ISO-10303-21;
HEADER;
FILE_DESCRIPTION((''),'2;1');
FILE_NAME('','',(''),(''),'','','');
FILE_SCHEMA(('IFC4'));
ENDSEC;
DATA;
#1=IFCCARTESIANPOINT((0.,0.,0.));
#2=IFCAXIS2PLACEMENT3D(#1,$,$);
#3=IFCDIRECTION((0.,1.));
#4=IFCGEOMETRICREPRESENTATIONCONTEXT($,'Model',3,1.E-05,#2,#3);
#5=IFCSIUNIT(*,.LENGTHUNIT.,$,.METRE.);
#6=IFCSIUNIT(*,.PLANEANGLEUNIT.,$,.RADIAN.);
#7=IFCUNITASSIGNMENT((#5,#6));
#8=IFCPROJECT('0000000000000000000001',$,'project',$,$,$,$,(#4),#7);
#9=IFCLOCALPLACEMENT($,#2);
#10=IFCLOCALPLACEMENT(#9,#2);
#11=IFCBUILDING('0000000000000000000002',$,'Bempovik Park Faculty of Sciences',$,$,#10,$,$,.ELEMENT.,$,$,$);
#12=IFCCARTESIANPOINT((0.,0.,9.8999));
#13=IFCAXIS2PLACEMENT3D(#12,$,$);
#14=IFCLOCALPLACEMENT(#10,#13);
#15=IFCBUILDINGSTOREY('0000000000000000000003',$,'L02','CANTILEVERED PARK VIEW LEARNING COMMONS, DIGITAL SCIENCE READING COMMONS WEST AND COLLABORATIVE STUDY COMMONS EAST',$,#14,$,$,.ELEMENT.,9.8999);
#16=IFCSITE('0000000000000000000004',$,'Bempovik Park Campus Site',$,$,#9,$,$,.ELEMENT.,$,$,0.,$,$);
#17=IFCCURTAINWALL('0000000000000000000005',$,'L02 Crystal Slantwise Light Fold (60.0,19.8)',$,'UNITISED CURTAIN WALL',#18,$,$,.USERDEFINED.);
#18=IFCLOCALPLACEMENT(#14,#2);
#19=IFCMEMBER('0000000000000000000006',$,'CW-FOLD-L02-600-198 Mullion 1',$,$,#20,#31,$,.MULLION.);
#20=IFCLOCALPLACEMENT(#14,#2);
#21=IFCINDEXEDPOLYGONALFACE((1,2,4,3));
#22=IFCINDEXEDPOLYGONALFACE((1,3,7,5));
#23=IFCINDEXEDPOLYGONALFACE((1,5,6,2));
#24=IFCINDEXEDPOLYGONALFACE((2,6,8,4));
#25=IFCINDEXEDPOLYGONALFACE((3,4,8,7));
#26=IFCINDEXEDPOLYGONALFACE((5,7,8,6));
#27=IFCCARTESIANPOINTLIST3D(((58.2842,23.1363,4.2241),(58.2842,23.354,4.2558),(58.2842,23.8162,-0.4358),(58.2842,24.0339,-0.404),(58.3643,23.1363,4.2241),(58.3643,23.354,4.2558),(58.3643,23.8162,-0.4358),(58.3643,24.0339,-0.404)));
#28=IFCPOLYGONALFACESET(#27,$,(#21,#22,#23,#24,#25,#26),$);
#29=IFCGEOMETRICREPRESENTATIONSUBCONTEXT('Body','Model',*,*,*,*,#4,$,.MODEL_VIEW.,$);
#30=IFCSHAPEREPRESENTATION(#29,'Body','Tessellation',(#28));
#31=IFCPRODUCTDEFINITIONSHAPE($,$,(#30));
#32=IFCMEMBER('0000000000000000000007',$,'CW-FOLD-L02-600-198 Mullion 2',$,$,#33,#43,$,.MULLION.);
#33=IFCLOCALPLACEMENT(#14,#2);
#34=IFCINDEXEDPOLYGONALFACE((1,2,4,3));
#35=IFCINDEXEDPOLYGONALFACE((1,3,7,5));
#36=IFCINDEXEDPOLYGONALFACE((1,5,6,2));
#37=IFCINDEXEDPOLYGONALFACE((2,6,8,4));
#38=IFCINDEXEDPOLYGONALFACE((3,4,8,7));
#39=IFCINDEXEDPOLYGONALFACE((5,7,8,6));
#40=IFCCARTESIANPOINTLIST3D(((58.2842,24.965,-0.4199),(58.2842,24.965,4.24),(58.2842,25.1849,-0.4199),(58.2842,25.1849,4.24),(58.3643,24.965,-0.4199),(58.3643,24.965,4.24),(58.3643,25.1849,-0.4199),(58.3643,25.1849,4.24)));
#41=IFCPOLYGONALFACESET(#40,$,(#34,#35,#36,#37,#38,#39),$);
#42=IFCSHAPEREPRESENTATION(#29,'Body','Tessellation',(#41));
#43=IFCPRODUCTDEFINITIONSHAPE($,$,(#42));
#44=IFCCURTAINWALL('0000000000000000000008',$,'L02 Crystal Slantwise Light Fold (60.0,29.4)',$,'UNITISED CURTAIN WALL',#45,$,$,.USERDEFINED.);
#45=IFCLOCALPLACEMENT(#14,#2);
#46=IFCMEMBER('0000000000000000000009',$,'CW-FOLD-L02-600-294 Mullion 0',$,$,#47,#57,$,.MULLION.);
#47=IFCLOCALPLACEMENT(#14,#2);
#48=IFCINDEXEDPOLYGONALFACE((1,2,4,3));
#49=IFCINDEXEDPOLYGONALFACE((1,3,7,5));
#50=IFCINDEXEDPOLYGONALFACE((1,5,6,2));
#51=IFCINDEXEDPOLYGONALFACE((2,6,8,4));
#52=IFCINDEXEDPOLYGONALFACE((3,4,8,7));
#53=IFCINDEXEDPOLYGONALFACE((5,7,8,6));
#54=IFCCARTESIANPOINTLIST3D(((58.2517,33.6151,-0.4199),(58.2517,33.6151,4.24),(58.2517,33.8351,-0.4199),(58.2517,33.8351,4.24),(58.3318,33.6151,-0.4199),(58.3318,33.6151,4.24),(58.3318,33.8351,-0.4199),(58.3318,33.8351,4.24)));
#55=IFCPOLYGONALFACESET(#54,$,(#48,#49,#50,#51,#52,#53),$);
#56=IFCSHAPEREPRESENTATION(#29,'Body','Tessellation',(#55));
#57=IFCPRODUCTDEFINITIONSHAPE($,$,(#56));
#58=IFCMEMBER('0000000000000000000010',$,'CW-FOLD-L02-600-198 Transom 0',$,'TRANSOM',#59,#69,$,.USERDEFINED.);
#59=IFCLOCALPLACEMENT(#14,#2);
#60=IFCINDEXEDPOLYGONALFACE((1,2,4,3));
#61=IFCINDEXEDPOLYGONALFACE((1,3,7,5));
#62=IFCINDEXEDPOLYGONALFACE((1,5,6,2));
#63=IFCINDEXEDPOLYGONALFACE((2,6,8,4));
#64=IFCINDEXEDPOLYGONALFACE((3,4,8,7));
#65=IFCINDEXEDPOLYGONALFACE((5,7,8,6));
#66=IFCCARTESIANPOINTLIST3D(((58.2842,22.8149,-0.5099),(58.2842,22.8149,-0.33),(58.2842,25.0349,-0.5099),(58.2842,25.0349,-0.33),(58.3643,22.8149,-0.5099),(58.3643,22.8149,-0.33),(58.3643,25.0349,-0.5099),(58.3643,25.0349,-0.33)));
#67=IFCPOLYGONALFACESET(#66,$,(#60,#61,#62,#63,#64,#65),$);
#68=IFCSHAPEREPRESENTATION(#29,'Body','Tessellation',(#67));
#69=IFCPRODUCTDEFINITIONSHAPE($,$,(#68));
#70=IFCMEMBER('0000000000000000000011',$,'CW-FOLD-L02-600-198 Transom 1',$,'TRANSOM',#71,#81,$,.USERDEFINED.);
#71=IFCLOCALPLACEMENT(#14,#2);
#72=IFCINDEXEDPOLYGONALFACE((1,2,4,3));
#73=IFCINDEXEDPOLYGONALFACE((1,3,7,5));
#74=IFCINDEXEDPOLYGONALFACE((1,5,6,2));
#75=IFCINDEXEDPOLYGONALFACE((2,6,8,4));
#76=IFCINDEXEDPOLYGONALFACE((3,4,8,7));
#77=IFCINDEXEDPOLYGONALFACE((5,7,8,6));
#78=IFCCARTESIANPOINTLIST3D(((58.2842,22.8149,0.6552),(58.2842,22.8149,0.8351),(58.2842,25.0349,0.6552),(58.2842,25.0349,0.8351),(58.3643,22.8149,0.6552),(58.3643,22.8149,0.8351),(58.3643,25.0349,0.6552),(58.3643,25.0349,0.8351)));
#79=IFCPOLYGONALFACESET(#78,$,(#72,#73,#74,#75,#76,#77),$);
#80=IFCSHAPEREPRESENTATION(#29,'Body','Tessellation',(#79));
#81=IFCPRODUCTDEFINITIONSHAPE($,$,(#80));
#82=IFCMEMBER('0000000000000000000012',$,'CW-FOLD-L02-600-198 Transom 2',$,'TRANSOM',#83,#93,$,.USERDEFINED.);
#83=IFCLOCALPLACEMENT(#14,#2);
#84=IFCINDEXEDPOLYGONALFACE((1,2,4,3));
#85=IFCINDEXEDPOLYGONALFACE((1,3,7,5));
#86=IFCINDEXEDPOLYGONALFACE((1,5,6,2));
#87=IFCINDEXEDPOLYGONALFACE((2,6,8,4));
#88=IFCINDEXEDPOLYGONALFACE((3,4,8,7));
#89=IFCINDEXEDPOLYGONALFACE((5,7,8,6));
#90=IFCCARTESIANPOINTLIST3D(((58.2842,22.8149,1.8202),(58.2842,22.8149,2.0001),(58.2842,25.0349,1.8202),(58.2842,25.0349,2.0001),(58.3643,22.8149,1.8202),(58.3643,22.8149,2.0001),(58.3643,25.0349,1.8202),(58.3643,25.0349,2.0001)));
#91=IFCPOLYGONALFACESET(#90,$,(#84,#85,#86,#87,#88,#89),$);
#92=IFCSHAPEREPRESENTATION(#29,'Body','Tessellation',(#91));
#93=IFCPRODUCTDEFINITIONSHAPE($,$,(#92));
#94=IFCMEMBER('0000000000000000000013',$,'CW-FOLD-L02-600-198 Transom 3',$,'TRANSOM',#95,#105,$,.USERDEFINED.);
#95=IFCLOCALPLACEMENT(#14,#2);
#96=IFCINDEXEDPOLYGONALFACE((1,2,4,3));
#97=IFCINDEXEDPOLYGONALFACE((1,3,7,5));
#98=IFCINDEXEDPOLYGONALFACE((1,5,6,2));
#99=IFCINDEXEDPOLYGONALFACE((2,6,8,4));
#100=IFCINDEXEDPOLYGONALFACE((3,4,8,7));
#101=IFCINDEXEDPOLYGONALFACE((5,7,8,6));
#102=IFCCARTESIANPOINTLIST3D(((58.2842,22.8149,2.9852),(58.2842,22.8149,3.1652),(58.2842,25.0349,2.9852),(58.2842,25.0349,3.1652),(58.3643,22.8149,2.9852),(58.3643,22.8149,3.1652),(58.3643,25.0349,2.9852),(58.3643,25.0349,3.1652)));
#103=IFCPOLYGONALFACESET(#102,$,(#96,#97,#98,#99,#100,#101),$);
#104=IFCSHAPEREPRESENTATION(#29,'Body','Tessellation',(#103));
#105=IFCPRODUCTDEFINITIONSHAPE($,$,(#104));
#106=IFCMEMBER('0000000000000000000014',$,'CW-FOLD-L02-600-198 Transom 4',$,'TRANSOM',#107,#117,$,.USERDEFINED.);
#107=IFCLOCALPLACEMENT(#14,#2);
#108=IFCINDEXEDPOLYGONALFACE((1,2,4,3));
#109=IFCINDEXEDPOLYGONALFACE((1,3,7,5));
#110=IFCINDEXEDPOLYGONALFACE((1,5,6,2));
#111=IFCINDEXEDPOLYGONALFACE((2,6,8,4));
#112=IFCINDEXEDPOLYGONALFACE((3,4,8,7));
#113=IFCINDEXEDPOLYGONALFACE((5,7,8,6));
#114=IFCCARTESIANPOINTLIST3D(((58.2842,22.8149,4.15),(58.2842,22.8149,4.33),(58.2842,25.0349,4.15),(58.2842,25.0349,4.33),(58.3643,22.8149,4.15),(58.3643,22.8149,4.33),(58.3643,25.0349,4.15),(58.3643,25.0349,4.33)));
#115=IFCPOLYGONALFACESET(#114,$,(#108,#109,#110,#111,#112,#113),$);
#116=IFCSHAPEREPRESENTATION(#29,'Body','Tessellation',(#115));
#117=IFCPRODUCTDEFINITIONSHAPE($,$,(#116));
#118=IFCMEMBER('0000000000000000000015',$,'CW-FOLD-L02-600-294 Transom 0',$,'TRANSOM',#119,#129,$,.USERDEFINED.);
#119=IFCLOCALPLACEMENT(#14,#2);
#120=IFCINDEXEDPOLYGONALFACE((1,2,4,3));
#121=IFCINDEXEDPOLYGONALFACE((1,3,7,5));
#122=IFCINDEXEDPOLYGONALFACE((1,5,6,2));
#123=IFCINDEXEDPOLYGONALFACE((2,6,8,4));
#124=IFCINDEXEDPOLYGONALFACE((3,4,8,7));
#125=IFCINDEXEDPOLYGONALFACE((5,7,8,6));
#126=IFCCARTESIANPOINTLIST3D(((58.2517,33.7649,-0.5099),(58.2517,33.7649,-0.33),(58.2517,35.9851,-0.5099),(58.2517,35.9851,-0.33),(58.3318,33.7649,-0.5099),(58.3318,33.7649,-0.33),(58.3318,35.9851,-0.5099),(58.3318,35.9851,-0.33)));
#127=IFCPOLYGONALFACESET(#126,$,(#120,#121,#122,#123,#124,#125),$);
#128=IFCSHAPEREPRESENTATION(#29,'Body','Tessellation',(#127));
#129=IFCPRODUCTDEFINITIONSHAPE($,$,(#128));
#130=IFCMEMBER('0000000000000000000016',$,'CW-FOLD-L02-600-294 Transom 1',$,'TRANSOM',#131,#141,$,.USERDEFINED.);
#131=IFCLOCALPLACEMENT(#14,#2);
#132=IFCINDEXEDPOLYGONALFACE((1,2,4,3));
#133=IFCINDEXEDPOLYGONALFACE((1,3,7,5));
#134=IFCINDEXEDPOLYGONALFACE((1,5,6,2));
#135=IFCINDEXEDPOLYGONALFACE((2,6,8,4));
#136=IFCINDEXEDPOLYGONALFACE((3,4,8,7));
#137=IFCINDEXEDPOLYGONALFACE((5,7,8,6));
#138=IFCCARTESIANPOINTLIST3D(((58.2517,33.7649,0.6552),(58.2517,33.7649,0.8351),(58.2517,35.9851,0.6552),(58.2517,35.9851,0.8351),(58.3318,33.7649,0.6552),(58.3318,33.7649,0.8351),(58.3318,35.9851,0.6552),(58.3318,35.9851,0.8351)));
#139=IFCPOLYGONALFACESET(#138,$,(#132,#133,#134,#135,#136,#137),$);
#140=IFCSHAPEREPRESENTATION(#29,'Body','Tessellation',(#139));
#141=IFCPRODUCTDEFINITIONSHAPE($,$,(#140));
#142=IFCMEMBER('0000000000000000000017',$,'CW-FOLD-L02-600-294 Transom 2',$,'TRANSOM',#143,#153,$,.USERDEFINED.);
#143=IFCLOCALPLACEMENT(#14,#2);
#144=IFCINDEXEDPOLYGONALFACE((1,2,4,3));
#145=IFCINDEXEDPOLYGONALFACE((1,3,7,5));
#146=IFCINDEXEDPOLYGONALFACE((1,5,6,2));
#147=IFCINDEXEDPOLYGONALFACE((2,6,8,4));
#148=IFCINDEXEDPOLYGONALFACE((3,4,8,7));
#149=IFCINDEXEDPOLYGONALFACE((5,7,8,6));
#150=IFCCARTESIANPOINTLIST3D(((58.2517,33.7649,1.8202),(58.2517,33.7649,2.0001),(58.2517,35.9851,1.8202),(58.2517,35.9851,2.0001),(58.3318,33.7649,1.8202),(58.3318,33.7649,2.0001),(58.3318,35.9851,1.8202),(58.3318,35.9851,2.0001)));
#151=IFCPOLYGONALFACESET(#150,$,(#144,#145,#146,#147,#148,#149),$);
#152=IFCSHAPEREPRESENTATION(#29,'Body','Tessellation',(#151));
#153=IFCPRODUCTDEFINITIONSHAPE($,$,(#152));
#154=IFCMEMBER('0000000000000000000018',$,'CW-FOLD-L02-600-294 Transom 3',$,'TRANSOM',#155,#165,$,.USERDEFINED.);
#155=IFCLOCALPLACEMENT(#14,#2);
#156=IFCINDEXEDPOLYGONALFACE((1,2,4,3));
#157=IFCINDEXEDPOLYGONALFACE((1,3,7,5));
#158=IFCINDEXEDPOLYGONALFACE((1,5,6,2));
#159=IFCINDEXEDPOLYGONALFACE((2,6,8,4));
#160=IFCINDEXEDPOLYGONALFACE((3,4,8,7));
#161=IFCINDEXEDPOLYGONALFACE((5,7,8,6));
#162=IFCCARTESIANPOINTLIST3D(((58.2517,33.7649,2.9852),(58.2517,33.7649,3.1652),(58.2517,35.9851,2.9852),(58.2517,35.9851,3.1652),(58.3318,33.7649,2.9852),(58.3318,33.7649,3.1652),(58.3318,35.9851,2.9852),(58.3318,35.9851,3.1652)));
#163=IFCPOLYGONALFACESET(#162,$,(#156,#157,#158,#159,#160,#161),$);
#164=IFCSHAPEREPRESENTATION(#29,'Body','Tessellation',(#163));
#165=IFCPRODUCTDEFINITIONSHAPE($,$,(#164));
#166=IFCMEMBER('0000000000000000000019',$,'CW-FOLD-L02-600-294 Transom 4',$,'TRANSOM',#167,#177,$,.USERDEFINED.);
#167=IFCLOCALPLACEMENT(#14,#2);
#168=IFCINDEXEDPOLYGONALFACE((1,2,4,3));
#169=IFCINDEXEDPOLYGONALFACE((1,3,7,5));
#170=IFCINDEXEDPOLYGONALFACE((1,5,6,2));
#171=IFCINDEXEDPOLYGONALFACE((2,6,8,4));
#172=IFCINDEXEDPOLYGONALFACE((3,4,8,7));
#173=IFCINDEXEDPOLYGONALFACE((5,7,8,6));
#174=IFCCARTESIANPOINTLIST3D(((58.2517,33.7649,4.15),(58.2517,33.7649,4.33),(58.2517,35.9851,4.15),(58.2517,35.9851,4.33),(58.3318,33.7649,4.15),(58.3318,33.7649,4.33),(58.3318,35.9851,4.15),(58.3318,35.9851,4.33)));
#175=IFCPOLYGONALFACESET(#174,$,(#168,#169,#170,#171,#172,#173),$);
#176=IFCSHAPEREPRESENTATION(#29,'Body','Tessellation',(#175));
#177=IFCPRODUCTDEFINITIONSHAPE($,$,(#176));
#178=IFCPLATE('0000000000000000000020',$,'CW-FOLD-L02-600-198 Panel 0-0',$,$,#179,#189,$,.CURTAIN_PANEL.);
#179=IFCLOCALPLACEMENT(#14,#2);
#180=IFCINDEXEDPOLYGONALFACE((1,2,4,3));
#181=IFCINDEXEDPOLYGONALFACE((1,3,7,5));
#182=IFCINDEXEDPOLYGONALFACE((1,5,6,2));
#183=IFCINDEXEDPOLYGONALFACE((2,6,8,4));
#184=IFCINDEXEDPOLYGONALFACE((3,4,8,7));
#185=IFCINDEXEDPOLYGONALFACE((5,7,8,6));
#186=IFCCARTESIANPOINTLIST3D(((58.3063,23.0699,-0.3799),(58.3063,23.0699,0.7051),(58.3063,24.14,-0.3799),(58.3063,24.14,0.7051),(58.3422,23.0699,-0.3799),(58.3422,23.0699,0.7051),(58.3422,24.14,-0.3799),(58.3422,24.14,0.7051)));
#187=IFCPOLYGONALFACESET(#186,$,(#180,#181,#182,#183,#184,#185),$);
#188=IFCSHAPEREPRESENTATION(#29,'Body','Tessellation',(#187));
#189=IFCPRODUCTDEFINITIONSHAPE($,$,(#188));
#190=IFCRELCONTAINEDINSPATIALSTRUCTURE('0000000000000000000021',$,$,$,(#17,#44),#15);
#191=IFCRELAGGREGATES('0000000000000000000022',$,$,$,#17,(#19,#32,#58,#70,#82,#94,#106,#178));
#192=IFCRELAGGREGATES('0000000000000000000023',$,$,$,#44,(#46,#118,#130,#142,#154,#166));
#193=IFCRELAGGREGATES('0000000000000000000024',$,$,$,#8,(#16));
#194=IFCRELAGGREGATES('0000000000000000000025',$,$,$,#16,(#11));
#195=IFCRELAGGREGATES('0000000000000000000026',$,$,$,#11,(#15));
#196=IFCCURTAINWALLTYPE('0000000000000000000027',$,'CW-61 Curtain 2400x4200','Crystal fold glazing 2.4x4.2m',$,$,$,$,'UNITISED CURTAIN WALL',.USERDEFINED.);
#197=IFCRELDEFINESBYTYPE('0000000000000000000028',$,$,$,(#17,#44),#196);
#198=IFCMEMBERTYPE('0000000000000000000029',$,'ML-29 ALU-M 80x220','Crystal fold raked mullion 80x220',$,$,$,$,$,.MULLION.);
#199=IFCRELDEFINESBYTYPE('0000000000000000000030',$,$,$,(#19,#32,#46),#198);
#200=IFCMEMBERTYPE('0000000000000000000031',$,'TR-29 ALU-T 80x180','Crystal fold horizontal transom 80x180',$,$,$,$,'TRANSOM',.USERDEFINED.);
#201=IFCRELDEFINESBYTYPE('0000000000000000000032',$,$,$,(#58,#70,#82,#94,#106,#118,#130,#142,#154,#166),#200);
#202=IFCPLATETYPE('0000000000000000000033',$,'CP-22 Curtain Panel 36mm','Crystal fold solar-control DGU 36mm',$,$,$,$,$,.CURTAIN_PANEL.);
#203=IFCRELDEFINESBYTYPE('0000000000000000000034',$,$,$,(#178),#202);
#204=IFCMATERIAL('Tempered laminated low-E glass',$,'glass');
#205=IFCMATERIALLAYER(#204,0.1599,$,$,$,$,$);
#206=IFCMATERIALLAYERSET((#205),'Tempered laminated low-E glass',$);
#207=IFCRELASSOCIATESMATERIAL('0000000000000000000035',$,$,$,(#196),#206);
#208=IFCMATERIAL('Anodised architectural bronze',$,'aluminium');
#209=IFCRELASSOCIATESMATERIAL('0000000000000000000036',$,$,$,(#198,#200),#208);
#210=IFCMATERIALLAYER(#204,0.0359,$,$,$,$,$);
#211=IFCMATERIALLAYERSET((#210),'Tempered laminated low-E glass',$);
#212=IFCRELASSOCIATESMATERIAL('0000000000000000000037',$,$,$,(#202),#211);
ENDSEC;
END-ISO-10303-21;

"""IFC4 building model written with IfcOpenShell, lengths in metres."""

from ifc_helpers import new_model, si_unit, direction, frame, origin, origin_2d, place, context, subcontext, project, spatial, rectangle, extrude, material, layer, layer_set, material_profile, profile_set, type_object, element, aggregate, save


model = new_model("IFC4")

# Units and contexts
model_context = context("Model", 3, precision=1e-05, world=origin(), true_north=direction((0.0, 1.0)))
body_context = subcontext(model_context, "Body", "Model", "MODEL_VIEW")
ifc_project = project(units=[si_unit("LENGTHUNIT", "METRE"), si_unit("PLANEANGLEUNIT", "RADIAN")], contexts=[model_context])

# Site, building, storey
site_placement = place(None, origin())
site = spatial("IfcSite", under=ifc_project, at=site_placement, Name="Bempovik Park Campus Site", CompositionType="ELEMENT", RefElevation=0.0)
building_placement = place(site_placement, origin())
building = spatial("IfcBuilding", under=site, at=building_placement, Name="Bempovik Park Faculty of Sciences", CompositionType="ELEMENT")
storey_placement = place(building_placement, frame((0.0, 0.0, 9.8999)))
storey = spatial("IfcBuildingStorey", under=building, at=storey_placement, Name="L02", Description="CANTILEVERED PARK VIEW LEARNING COMMONS, DIGITAL SCIENCE READING COMMONS WEST AND COLLABORATIVE STUDY COMMONS EAST", CompositionType="ELEMENT", Elevation=9.8999)

# Curtain wall, members
ifc_material_1 = material(Name="Tempered laminated low-E glass", Category="glass")
ifc_layer_1 = layer(ifc_material_1, 0.1599)
ifc_layer_set_1 = layer_set([ifc_layer_1], Name="Tempered laminated low-E glass")
curtain_wall_type = type_object("IfcCurtainWallType", Name="CW-61 Curtain 2400x4200", Description="Crystal fold glazing 2.4x4.2m", ElementType="UNITISED CURTAIN WALL", PredefinedType="USERDEFINED", material=ifc_layer_set_1)
curtain_wall_1_placement = place(storey_placement, origin())
curtain_wall_1 = element("IfcCurtainWall", 1, at=curtain_wall_1_placement, inside=storey, type_object=curtain_wall_type, Name="L02 Crystal Slantwise Light Fold (60.0,19.8)", ObjectType="UNITISED CURTAIN WALL", PredefinedType="USERDEFINED")
ifc_material_2 = material(Name="Anodised architectural bronze", Category="aluminium")
ifc_material_profile_1 = material_profile(ifc_material_2, rectangle(XDim=0.0801, YDim=0.22, at=origin_2d()), Name="ALU-M 80x220")
ifc_profile_set_1 = profile_set([ifc_material_profile_1], Name="Anodised architectural bronze")
member_type_1 = type_object("IfcMemberType", Name="ML-29 ALU-M 80x220", Description="Crystal fold raked mullion 80x220", PredefinedType="MULLION", material=ifc_profile_set_1)
member_1_placement = place(storey_placement, frame((58.3242, 23.925, -0.4199), z_axis=(0.0, -0.144382, 0.989522), x_axis=(1.0, 0.0, 0.0)))
member_1 = element("IfcMember", 2, at=member_1_placement, type_object=member_type_1, Name="CW-FOLD-L02-600-198 Mullion 1", PredefinedType="MULLION", context=body_context, shape_type="SweptSolid", body=[
    extrude(rectangle(XDim=0.0801, YDim=0.22, at=origin_2d()), origin(), (0.0, 0.0, 1.0), 4.7092),
])
member_2_placement = place(storey_placement, frame((58.3242, 25.075, -0.4199), z_axis=(0.0, 0.0, 1.0), x_axis=(1.0, 0.0, 0.0)))
member_2 = element("IfcMember", 3, at=member_2_placement, type_object=member_type_1, Name="CW-FOLD-L02-600-198 Mullion 2", PredefinedType="MULLION", context=body_context, shape_type="SweptSolid", body=[
    extrude(rectangle(XDim=0.0801, YDim=0.22, at=origin_2d()), origin(), (0.0, 0.0, 1.0), 4.6599),
])

# Curtain wall, member
curtain_wall_2_placement = place(storey_placement, origin())
curtain_wall_2 = element("IfcCurtainWall", 4, at=curtain_wall_2_placement, inside=storey, type_object=curtain_wall_type, Name="L02 Crystal Slantwise Light Fold (60.0,29.4)", ObjectType="UNITISED CURTAIN WALL", PredefinedType="USERDEFINED")
member_3_placement = place(storey_placement, frame((58.2917, 33.7251, -0.4199), z_axis=(0.0, 0.0, 1.0), x_axis=(1.0, 0.0, 0.0)))
member_3 = element("IfcMember", 5, at=member_3_placement, type_object=member_type_1, Name="CW-FOLD-L02-600-294 Mullion 0", PredefinedType="MULLION", context=body_context, shape_type="SweptSolid", body=[
    extrude(rectangle(XDim=0.0801, YDim=0.22, at=origin_2d()), origin(), (0.0, 0.0, 1.0), 4.6599),
])

# Members
ifc_material_profile_2 = material_profile(ifc_material_2, rectangle(XDim=0.0801, YDim=0.1799, at=origin_2d()), Name="ALU-T 80x180")
ifc_profile_set_2 = profile_set([ifc_material_profile_2], Name="Anodised architectural bronze")
member_type_2 = type_object("IfcMemberType", Name="TR-29 ALU-T 80x180", Description="Crystal fold horizontal transom 80x180", ElementType="TRANSOM", PredefinedType="USERDEFINED", material=ifc_profile_set_2)
member_4_placement = place(storey_placement, frame((58.3242, 22.8149, -0.4199), z_axis=(0.0, 1.0, 0.0), x_axis=(-1.0, 0.0, 0.0)))
member_4 = element("IfcMember", 6, at=member_4_placement, type_object=member_type_2, Name="CW-FOLD-L02-600-198 Transom 0", ObjectType="TRANSOM", PredefinedType="USERDEFINED", context=body_context, shape_type="SweptSolid", body=[
    extrude(rectangle(XDim=0.0801, YDim=0.1799, at=origin_2d()), origin(), (0.0, 0.0, 1.0), 2.22),
])
member_5_placement = place(storey_placement, frame((58.3242, 22.8149, 0.7451), z_axis=(0.0, 1.0, 0.0), x_axis=(-1.0, 0.0, 0.0)))
member_5 = element("IfcMember", 7, at=member_5_placement, type_object=member_type_2, Name="CW-FOLD-L02-600-198 Transom 1", ObjectType="TRANSOM", PredefinedType="USERDEFINED", context=body_context, shape_type="SweptSolid", body=[
    extrude(rectangle(XDim=0.0801, YDim=0.1799, at=origin_2d()), origin(), (0.0, 0.0, 1.0), 2.22),
])
member_6_placement = place(storey_placement, frame((58.3242, 22.8149, 1.9102), z_axis=(0.0, 1.0, 0.0), x_axis=(-1.0, 0.0, 0.0)))
member_6 = element("IfcMember", 8, at=member_6_placement, type_object=member_type_2, Name="CW-FOLD-L02-600-198 Transom 2", ObjectType="TRANSOM", PredefinedType="USERDEFINED", context=body_context, shape_type="SweptSolid", body=[
    extrude(rectangle(XDim=0.0801, YDim=0.1799, at=origin_2d()), origin(), (0.0, 0.0, 1.0), 2.22),
])
member_7_placement = place(storey_placement, frame((58.3242, 22.8149, 3.0752), z_axis=(0.0, 1.0, 0.0), x_axis=(-1.0, 0.0, 0.0)))
member_7 = element("IfcMember", 9, at=member_7_placement, type_object=member_type_2, Name="CW-FOLD-L02-600-198 Transom 3", ObjectType="TRANSOM", PredefinedType="USERDEFINED", context=body_context, shape_type="SweptSolid", body=[
    extrude(rectangle(XDim=0.0801, YDim=0.1799, at=origin_2d()), origin(), (0.0, 0.0, 1.0), 2.22),
])
member_8_placement = place(storey_placement, frame((58.3242, 22.8149, 4.24), z_axis=(0.0, 1.0, 0.0), x_axis=(-1.0, 0.0, 0.0)))
member_8 = element("IfcMember", 10, at=member_8_placement, type_object=member_type_2, Name="CW-FOLD-L02-600-198 Transom 4", ObjectType="TRANSOM", PredefinedType="USERDEFINED", context=body_context, shape_type="SweptSolid", body=[
    extrude(rectangle(XDim=0.0801, YDim=0.1799, at=origin_2d()), origin(), (0.0, 0.0, 1.0), 2.22),
])
member_9_placement = place(storey_placement, frame((58.2917, 33.7649, -0.4199), z_axis=(0.0, 1.0, 0.0), x_axis=(-1.0, 0.0, 0.0)))
member_9 = element("IfcMember", 11, at=member_9_placement, type_object=member_type_2, Name="CW-FOLD-L02-600-294 Transom 0", ObjectType="TRANSOM", PredefinedType="USERDEFINED", context=body_context, shape_type="SweptSolid", body=[
    extrude(rectangle(XDim=0.0801, YDim=0.1799, at=origin_2d()), origin(), (0.0, 0.0, 1.0), 2.2202),
])
member_10_placement = place(storey_placement, frame((58.2917, 33.7649, 0.7451), z_axis=(0.0, 1.0, 0.0), x_axis=(-1.0, 0.0, 0.0)))
member_10 = element("IfcMember", 12, at=member_10_placement, type_object=member_type_2, Name="CW-FOLD-L02-600-294 Transom 1", ObjectType="TRANSOM", PredefinedType="USERDEFINED", context=body_context, shape_type="SweptSolid", body=[
    extrude(rectangle(XDim=0.0801, YDim=0.1799, at=origin_2d()), origin(), (0.0, 0.0, 1.0), 2.2202),
])
member_11_placement = place(storey_placement, frame((58.2917, 33.7649, 1.9102), z_axis=(0.0, 1.0, 0.0), x_axis=(-1.0, 0.0, 0.0)))
member_11 = element("IfcMember", 13, at=member_11_placement, type_object=member_type_2, Name="CW-FOLD-L02-600-294 Transom 2", ObjectType="TRANSOM", PredefinedType="USERDEFINED", context=body_context, shape_type="SweptSolid", body=[
    extrude(rectangle(XDim=0.0801, YDim=0.1799, at=origin_2d()), origin(), (0.0, 0.0, 1.0), 2.2202),
])
member_12_placement = place(storey_placement, frame((58.2917, 33.7649, 3.0752), z_axis=(0.0, 1.0, 0.0), x_axis=(-1.0, 0.0, 0.0)))
member_12 = element("IfcMember", 14, at=member_12_placement, type_object=member_type_2, Name="CW-FOLD-L02-600-294 Transom 3", ObjectType="TRANSOM", PredefinedType="USERDEFINED", context=body_context, shape_type="SweptSolid", body=[
    extrude(rectangle(XDim=0.0801, YDim=0.1799, at=origin_2d()), origin(), (0.0, 0.0, 1.0), 2.2202),
])
member_13_placement = place(storey_placement, frame((58.2917, 33.7649, 4.24), z_axis=(0.0, 1.0, 0.0), x_axis=(-1.0, 0.0, 0.0)))
member_13 = element("IfcMember", 15, at=member_13_placement, type_object=member_type_2, Name="CW-FOLD-L02-600-294 Transom 4", ObjectType="TRANSOM", PredefinedType="USERDEFINED", context=body_context, shape_type="SweptSolid", body=[
    extrude(rectangle(XDim=0.0801, YDim=0.1799, at=origin_2d()), origin(), (0.0, 0.0, 1.0), 2.2202),
])

# Plate
ifc_layer_2 = layer(ifc_material_1, 0.0359)
ifc_layer_set_2 = layer_set([ifc_layer_2], Name="Tempered laminated low-E glass")
plate_type = type_object("IfcPlateType", Name="CP-22 Curtain Panel 36mm", Description="Crystal fold solar-control DGU 36mm", PredefinedType="CURTAIN_PANEL", material=ifc_layer_set_2)
plate_1_placement = place(storey_placement, frame((58.3242, 23.605, -0.3799), z_axis=(0.0, 0.0, 1.0), x_axis=(0.0, 1.0, 0.0)))
plate_1 = element("IfcPlate", 16, at=plate_1_placement, type_object=plate_type, Name="CW-FOLD-L02-600-198 Panel 0-0", PredefinedType="CURTAIN_PANEL", context=body_context, shape_type="SweptSolid", body=[
    extrude(rectangle(XDim=1.0701, YDim=0.0359, at=origin_2d()), origin(), (0.0, 0.0, 1.0), 1.085),
])
aggregate(curtain_wall_1, [member_1, member_2, member_4, member_5, member_6, member_7, member_8, plate_1])
aggregate(curtain_wall_2, [member_3, member_9, member_10, member_11, member_12, member_13])

save(model, "model.ifc")
